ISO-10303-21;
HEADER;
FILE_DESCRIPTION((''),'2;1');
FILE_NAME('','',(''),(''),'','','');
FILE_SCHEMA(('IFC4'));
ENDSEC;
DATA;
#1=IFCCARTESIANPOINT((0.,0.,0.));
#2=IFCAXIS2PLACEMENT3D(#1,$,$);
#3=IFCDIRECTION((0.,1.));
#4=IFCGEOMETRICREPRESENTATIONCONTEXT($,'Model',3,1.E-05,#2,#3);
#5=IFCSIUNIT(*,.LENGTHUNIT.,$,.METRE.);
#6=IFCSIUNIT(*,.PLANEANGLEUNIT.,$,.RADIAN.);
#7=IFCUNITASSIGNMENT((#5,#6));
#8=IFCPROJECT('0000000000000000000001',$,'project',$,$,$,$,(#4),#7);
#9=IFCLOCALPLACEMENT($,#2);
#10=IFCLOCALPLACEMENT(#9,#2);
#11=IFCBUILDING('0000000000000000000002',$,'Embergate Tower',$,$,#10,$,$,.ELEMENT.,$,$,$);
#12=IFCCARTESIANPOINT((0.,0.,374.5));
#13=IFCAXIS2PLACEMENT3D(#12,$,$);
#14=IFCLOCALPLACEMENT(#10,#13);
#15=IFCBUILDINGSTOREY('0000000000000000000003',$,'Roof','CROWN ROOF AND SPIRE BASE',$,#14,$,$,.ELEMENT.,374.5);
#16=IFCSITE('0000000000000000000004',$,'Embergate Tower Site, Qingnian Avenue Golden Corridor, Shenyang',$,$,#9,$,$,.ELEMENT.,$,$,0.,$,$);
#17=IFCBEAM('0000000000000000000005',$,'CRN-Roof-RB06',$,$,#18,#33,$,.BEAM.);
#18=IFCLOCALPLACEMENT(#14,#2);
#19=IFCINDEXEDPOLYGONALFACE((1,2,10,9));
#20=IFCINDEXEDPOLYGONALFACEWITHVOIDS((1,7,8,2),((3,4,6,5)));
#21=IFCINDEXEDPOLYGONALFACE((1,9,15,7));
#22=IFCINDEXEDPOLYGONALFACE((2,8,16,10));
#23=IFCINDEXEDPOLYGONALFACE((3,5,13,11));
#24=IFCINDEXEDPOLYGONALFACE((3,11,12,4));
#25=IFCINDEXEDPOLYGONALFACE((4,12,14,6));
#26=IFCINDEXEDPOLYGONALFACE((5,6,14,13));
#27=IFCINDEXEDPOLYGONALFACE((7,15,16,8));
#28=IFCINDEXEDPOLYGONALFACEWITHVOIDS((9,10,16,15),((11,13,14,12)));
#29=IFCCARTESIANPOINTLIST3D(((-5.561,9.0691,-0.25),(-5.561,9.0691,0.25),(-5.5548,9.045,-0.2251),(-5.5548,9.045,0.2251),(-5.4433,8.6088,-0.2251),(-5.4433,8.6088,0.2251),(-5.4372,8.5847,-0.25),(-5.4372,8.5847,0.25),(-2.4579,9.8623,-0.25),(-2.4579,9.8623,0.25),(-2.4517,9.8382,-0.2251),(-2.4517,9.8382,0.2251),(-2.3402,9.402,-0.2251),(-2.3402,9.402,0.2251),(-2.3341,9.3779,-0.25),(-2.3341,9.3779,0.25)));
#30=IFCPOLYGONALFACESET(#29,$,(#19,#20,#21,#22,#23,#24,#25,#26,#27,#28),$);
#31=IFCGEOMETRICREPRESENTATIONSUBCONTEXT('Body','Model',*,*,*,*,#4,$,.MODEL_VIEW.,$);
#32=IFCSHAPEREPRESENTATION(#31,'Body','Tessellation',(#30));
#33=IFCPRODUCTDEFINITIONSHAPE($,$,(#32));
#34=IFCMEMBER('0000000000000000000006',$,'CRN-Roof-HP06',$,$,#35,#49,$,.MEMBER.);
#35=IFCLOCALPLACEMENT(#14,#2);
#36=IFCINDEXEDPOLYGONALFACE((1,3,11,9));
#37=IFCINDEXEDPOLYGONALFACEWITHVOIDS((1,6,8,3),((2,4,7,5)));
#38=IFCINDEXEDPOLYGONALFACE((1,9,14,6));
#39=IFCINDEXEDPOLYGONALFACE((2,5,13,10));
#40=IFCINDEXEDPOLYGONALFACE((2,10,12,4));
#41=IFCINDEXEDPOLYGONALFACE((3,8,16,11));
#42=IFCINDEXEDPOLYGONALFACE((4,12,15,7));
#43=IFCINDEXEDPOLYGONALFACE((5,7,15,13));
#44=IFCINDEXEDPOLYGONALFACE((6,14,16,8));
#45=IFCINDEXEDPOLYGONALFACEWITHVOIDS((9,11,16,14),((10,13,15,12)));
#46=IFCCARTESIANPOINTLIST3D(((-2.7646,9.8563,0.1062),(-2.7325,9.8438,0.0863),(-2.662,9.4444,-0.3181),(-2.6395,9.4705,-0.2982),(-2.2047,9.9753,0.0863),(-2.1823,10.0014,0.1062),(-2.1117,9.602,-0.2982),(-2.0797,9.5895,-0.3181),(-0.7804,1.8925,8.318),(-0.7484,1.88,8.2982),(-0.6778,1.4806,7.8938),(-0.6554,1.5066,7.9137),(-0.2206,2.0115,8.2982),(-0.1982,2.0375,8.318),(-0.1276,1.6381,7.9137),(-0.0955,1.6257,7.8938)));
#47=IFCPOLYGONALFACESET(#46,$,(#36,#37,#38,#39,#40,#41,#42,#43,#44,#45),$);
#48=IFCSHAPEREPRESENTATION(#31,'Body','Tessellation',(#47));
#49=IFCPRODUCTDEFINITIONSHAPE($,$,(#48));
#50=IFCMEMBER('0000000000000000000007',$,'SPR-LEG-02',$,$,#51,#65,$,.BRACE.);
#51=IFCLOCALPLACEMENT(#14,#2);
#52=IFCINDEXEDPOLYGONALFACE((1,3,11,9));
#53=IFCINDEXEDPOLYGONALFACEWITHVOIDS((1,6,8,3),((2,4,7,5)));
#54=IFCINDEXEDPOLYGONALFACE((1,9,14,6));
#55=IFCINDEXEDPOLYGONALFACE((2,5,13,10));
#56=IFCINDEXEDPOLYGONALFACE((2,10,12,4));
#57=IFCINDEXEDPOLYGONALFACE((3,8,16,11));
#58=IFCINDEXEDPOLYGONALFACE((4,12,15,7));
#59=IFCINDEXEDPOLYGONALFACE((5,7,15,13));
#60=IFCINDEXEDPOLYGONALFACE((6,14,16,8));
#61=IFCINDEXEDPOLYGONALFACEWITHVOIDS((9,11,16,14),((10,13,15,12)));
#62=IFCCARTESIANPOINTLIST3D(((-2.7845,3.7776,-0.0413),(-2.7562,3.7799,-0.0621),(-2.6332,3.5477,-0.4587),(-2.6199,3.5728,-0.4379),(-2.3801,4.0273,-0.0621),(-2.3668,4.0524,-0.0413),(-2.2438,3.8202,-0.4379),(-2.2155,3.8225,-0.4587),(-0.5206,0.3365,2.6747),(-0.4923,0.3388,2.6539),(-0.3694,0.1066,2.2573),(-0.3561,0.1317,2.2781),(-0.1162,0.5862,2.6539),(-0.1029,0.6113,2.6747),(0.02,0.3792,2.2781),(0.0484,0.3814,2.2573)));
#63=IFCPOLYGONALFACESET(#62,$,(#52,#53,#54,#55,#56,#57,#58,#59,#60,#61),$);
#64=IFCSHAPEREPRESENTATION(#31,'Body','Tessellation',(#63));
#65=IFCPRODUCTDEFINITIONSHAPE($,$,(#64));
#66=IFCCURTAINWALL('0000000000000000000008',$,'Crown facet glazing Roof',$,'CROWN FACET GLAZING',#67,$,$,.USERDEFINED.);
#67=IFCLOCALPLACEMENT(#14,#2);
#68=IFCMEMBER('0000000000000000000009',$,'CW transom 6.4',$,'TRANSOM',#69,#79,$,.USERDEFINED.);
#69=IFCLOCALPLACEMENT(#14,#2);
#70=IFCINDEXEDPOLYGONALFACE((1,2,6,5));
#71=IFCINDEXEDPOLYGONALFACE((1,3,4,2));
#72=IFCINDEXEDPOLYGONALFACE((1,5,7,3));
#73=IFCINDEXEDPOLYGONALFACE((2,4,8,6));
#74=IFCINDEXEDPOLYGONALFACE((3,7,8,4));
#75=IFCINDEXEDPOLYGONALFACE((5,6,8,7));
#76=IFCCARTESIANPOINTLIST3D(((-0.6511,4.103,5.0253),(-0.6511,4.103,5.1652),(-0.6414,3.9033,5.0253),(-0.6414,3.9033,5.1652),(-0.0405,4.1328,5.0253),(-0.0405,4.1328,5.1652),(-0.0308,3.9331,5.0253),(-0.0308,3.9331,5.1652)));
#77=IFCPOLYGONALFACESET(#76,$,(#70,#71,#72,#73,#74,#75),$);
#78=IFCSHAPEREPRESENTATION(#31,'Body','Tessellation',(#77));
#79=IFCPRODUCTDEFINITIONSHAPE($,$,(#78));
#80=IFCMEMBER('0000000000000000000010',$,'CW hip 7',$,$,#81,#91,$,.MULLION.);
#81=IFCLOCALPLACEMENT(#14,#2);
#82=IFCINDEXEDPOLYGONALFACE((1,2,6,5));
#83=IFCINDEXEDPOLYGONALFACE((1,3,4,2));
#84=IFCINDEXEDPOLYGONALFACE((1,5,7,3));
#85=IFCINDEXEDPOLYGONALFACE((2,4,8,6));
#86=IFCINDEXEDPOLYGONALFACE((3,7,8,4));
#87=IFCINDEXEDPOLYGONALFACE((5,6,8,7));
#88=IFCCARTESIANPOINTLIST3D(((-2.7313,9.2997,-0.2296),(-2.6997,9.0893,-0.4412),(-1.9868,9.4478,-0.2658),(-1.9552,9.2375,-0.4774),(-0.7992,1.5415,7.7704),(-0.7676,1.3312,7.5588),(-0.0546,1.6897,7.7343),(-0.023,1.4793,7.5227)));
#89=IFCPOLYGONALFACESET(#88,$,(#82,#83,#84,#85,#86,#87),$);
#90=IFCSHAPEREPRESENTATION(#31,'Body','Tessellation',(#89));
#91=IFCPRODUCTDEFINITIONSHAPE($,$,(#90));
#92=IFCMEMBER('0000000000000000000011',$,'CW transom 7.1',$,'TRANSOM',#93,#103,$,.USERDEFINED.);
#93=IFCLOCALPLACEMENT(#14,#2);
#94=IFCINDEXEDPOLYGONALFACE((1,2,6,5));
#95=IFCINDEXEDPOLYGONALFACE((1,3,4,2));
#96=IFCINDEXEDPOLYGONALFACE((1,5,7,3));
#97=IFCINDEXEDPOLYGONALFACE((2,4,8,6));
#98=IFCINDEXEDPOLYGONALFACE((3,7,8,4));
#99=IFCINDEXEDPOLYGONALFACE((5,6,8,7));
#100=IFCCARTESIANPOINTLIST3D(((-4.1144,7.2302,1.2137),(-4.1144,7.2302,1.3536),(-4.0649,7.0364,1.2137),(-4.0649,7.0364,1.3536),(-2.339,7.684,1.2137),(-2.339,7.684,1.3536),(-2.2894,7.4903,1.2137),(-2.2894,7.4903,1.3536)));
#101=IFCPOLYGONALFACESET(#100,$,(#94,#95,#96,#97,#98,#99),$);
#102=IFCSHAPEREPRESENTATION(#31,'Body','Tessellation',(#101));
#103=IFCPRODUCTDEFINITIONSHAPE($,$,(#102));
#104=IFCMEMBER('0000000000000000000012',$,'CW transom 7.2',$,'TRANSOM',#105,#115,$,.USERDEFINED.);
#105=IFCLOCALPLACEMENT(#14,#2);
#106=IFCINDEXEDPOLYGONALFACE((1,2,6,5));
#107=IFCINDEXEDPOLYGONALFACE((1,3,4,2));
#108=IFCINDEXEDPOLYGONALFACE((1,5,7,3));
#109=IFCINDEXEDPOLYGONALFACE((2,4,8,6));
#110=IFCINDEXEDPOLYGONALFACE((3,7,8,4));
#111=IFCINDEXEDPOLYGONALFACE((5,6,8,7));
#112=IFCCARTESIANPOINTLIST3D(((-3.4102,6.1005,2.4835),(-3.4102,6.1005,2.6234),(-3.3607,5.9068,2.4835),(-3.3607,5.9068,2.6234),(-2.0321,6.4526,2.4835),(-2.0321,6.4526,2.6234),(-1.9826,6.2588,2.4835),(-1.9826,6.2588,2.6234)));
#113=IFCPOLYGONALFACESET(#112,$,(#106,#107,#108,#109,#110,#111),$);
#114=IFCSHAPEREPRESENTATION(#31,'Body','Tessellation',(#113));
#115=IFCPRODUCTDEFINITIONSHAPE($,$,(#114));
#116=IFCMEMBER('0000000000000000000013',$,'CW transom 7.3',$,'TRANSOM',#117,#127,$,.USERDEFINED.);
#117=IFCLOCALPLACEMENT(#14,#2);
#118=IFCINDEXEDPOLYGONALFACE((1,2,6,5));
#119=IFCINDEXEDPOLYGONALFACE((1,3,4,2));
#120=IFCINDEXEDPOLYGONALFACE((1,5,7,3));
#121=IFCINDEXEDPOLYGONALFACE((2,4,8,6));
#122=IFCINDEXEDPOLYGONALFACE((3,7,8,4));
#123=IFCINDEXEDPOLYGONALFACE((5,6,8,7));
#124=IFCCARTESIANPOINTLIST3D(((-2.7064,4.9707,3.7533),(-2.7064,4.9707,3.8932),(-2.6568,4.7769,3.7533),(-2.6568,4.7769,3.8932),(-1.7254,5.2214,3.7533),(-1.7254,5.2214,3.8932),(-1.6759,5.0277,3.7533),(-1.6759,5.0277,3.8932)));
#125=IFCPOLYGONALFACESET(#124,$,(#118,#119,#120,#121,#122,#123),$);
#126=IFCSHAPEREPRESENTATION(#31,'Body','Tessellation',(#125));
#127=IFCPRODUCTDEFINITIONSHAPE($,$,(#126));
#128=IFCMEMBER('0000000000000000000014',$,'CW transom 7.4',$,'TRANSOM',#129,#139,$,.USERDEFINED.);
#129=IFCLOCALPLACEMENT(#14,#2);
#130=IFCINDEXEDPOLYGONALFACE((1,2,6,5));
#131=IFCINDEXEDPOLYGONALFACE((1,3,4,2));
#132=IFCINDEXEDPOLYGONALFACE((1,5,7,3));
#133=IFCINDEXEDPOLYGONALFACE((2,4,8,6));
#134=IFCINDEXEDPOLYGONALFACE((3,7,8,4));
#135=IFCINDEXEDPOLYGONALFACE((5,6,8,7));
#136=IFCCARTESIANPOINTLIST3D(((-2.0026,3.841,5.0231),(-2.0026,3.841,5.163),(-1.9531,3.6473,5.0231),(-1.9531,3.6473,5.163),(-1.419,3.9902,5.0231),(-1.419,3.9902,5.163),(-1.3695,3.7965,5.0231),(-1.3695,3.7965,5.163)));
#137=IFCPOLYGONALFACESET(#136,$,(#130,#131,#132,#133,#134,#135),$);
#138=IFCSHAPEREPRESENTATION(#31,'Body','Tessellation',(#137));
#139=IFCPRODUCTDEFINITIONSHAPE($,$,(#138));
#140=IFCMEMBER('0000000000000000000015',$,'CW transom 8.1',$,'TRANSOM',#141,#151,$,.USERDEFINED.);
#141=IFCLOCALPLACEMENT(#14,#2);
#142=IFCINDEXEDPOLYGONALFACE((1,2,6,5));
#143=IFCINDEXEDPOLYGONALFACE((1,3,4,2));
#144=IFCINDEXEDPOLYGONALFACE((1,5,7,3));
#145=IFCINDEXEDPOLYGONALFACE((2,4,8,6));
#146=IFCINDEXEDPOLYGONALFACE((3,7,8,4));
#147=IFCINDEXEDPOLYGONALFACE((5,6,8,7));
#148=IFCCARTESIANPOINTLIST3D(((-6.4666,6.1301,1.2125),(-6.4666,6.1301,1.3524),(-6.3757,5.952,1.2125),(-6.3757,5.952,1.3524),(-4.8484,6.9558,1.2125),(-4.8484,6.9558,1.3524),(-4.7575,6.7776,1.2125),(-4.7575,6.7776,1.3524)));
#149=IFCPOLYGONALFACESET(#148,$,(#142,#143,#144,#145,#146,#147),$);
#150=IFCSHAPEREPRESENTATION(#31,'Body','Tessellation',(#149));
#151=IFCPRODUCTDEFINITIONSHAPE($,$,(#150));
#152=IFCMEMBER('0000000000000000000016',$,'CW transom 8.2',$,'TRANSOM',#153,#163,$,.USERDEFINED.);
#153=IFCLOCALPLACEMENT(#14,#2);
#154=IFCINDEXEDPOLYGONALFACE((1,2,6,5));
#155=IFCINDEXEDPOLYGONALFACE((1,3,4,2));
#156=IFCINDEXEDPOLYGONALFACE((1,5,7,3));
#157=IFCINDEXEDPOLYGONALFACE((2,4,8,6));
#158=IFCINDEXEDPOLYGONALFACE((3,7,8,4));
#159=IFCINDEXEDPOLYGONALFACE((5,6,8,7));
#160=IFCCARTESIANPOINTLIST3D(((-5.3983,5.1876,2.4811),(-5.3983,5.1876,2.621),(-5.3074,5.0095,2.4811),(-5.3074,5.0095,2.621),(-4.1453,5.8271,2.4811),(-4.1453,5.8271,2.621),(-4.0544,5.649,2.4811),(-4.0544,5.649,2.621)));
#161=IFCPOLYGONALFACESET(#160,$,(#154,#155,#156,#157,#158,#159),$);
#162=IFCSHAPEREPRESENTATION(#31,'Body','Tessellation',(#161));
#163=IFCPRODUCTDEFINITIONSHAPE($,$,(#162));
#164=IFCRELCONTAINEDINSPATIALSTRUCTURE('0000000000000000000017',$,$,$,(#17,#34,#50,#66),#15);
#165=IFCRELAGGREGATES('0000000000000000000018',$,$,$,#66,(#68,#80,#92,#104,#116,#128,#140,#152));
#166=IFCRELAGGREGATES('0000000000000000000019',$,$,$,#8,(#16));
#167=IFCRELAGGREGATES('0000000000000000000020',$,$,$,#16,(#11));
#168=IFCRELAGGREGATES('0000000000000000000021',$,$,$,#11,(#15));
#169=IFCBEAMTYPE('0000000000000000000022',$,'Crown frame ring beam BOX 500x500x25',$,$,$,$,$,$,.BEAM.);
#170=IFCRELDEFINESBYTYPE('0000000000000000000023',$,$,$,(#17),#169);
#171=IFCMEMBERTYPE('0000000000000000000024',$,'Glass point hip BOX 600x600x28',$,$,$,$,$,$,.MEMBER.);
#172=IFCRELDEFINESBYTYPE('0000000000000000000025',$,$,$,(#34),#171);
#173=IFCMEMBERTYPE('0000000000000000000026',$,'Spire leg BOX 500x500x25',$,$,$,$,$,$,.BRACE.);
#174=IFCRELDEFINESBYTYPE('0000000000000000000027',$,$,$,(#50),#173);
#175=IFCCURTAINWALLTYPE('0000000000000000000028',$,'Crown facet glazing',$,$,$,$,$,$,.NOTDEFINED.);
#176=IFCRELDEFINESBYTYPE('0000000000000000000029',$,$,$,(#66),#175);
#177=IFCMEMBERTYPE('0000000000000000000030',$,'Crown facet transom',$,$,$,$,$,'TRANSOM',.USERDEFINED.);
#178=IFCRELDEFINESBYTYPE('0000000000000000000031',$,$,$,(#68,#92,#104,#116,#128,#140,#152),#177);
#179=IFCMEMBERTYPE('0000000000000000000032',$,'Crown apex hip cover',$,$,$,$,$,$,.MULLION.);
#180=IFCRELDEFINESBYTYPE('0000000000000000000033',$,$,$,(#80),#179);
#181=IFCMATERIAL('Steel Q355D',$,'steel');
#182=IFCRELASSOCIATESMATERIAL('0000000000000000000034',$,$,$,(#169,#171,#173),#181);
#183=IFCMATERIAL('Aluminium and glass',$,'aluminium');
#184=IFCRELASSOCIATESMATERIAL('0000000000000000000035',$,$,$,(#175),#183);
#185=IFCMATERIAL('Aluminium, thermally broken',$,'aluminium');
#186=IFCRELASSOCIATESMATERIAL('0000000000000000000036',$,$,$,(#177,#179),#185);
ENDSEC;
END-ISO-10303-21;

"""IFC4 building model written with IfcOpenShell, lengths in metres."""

from ifc_helpers import new_model, si_unit, direction, frame, origin, origin_2d, place, context, subcontext, project, spatial, rectangle, hollow_rectangle, extrude, source, transform, mapped, material, material_profile, profile_set, type_object, element, aggregate, save


model = new_model("IFC4")

# Units and contexts
model_context = context("Model", 3, precision=1e-05, world=origin(), true_north=direction((0.0, 1.0)))
body_context = subcontext(model_context, "Body", "Model", "MODEL_VIEW")
ifc_project = project(units=[si_unit("LENGTHUNIT", "METRE"), si_unit("PLANEANGLEUNIT", "RADIAN")], contexts=[model_context])

# Site, building, storey
site_placement = place(None, origin())
site = spatial("IfcSite", under=ifc_project, at=site_placement, Name="Embergate Tower Site, Qingnian Avenue Golden Corridor, Shenyang", CompositionType="ELEMENT", RefElevation=0.0)
building_placement = place(site_placement, origin())
building = spatial("IfcBuilding", under=site, at=building_placement, Name="Embergate Tower", CompositionType="ELEMENT")
storey_placement = place(building_placement, frame((0.0, 0.0, 374.5)))
storey = spatial("IfcBuildingStorey", under=building, at=storey_placement, Name="Roof", Description="CROWN ROOF AND SPIRE BASE", CompositionType="ELEMENT", Elevation=374.5)

# Beam
ifc_material_1 = material(Name="Steel Q355D", Category="steel")
ifc_material_profile_1 = material_profile(ifc_material_1, hollow_rectangle(XDim=0.5, YDim=0.5, WallThickness=0.0249, at=origin_2d()), Name="BOX 500x500x25")
ifc_profile_set_1 = profile_set([ifc_material_profile_1], Name="Steel Q355 grade D")
beam_type = type_object("IfcBeamType", Name="Crown frame ring beam BOX 500x500x25", PredefinedType="BEAM", material=ifc_profile_set_1)
shared_shape_1 = source(origin(), body_context, "Body", "SweptSolid", [
    extrude(hollow_rectangle(XDim=0.5, YDim=0.5, WallThickness=0.0249, at=origin_2d()), origin(), (0.0, 0.0, 1.0), 3.2029),
])
beam_placement = place(storey_placement, frame((-2.396, 9.6201, 0.0), z_axis=(-0.968847, -0.247662, 0.0), x_axis=(0.247662, -0.968847, 0.0)))
element("IfcBeam", 1, at=beam_placement, inside=storey, type_object=beam_type, Name="CRN-Roof-RB06", PredefinedType="BEAM", context=body_context, shape_type="MappedRepresentation", body=[
    mapped(shared_shape_1, transform((0.0, 0.0, 0.0))),
])

# Members
ifc_material_profile_2 = material_profile(ifc_material_1, hollow_rectangle(XDim=0.6001, YDim=0.6001, WallThickness=0.0281, at=origin_2d()), Name="BOX 600x600x28")
ifc_profile_set_2 = profile_set([ifc_material_profile_2], Name="Steel Q355 grade D")
member_type_1 = type_object("IfcMemberType", Name="Glass point hip BOX 600x600x28", PredefinedType="MEMBER", material=ifc_profile_set_2)
shared_shape_2 = source(origin(), body_context, "Body", "SweptSolid", [
    extrude(hollow_rectangle(XDim=0.6001, YDim=0.6001, WallThickness=0.0281, at=origin_2d()), origin(), (0.0, 0.0, 1.0), 11.6101),
])
member_1_placement = place(storey_placement, frame((-2.4221, 9.7229, -0.106), z_axis=(0.170896, -0.68594, 0.707305), x_axis=(0.970338, 0.241752, 0.0)))
element("IfcMember", 2, at=member_1_placement, inside=storey, type_object=member_type_1, Name="CRN-Roof-HP06", PredefinedType="MEMBER", context=body_context, shape_type="MappedRepresentation", body=[
    mapped(shared_shape_2, transform((0.0, 0.0, 0.0))),
])
ifc_material_profile_3 = material_profile(ifc_material_1, hollow_rectangle(XDim=0.5, YDim=0.5, WallThickness=0.0249, at=origin_2d()), Name="BOX 500x500x25")
ifc_profile_set_3 = profile_set([ifc_material_profile_3], Name="Steel Q355 grade D")
member_type_2 = type_object("IfcMemberType", Name="Spire leg BOX 500x500x25", PredefinedType="BRACE", material=ifc_profile_set_3)
shared_shape_3 = source(origin(), body_context, "Body", "SweptSolid", [
    extrude(hollow_rectangle(XDim=0.5, YDim=0.5, WallThickness=0.0249, at=origin_2d()), origin(), (0.0, 0.0, 1.0), 4.9338),
])
member_2_placement = place(storey_placement, frame((-2.5, 3.8, -0.25), z_axis=(0.458844, -0.697445, 0.550484), x_axis=(0.835418, 0.549615, 0.0)))
element("IfcMember", 3, at=member_2_placement, inside=storey, type_object=member_type_2, Name="SPR-LEG-02", PredefinedType="BRACE", context=body_context, shape_type="MappedRepresentation", body=[
    mapped(shared_shape_3, transform((0.0, 0.0, 0.0))),
])

# Curtain wall, members
ifc_material_2 = material(Name="Aluminium and glass", Category="aluminium")
curtain_wall_type = type_object("IfcCurtainWallType", Name="Crown facet glazing", PredefinedType="NOTDEFINED", material=ifc_material_2)
curtain_wall_placement = place(storey_placement, origin())
curtain_wall = element("IfcCurtainWall", 4, at=curtain_wall_placement, inside=storey, type_object=curtain_wall_type, Name="Crown facet glazing Roof", ObjectType="CROWN FACET GLAZING", PredefinedType="USERDEFINED")
ifc_material_3 = material(Name="Aluminium, thermally broken", Category="aluminium")
ifc_material_profile_4 = material_profile(ifc_material_3, rectangle(XDim=0.2, YDim=0.1399, at=origin_2d()), Name="AL 140x200")
ifc_profile_set_4 = profile_set([ifc_material_profile_4], Name="Aluminium, thermally broken")
member_type_3 = type_object("IfcMemberType", Name="Crown facet transom", ElementType="TRANSOM", PredefinedType="USERDEFINED", material=ifc_profile_set_4)
shared_shape_4 = source(origin(), body_context, "Body", "SweptSolid", [
    extrude(rectangle(XDim=0.2, YDim=0.1399, at=origin_2d()), origin(), (0.0, 0.0, 1.0), 0.6113),
])
member_3_placement = place(storey_placement, frame((-0.0356, 4.033, 5.0952), z_axis=(-0.998812, -0.048723, 0.0), x_axis=(0.048723, -0.998812, 0.0)))
member_3 = element("IfcMember", 5, at=member_3_placement, type_object=member_type_3, Name="CW transom 6.4", ObjectType="TRANSOM", PredefinedType="USERDEFINED", context=body_context, shape_type="MappedRepresentation", body=[
    mapped(shared_shape_4, transform((0.0, 0.0, 0.0))),
])
ifc_material_profile_5 = material_profile(ifc_material_3, rectangle(XDim=0.3, YDim=0.76, at=origin_2d()), Name="AL 760x300")
ifc_profile_set_5 = profile_set([ifc_material_profile_5], Name="Aluminium, thermally broken")
member_type_4 = type_object("IfcMemberType", Name="Crown apex hip cover", PredefinedType="MULLION", material=ifc_profile_set_5)
shared_shape_5 = source(origin(), body_context, "Body", "SweptSolid", [
    extrude(rectangle(XDim=0.3, YDim=0.76, at=origin_2d()), origin(), (0.0, 0.0, 1.0), 11.3103),
])
member_4_placement = place(storey_placement, frame((-2.3433, 9.2686, -0.3535), z_axis=(0.170831, -0.685935, 0.707326), x_axis=(-0.10525, 0.701068, 0.705285)))
member_4 = element("IfcMember", 6, at=member_4_placement, type_object=member_type_4, Name="CW hip 7", PredefinedType="MULLION", context=body_context, shape_type="MappedRepresentation", body=[
    mapped(shared_shape_5, transform((0.0, 0.0, 0.0))),
])
shared_shape_6 = source(origin(), body_context, "Body", "SweptSolid", [
    extrude(rectangle(XDim=0.2, YDim=0.1399, at=origin_2d()), origin(), (0.0, 0.0, 1.0), 1.8325),
])
member_5_placement = place(storey_placement, frame((-2.3142, 7.5872, 1.2837), z_axis=(-0.968844, -0.247673, 0.0), x_axis=(0.247673, -0.968844, 0.0)))
member_5 = element("IfcMember", 7, at=member_5_placement, type_object=member_type_3, Name="CW transom 7.1", ObjectType="TRANSOM", PredefinedType="USERDEFINED", context=body_context, shape_type="MappedRepresentation", body=[
    mapped(shared_shape_6, transform((0.0, 0.0, 0.0))),
])
shared_shape_7 = source(origin(), body_context, "Body", "SweptSolid", [
    extrude(rectangle(XDim=0.2, YDim=0.1399, at=origin_2d()), origin(), (0.0, 0.0, 1.0), 1.4224),
])
member_6_placement = place(storey_placement, frame((-2.0073, 6.3557, 2.5535), z_axis=(-0.968888, -0.2475, 0.0), x_axis=(0.2475, -0.968888, 0.0)))
member_6 = element("IfcMember", 8, at=member_6_placement, type_object=member_type_3, Name="CW transom 7.2", ObjectType="TRANSOM", PredefinedType="USERDEFINED", context=body_context, shape_type="MappedRepresentation", body=[
    mapped(shared_shape_7, transform((0.0, 0.0, 0.0))),
])
shared_shape_8 = source(origin(), body_context, "Body", "SweptSolid", [
    extrude(rectangle(XDim=0.2, YDim=0.1399, at=origin_2d()), origin(), (0.0, 0.0, 1.0), 1.0125),
])
member_7_placement = place(storey_placement, frame((-1.7007, 5.1245, 3.8232), z_axis=(-0.968853, -0.247639, 0.0), x_axis=(0.247639, -0.968853, 0.0)))
member_7 = element("IfcMember", 9, at=member_7_placement, type_object=member_type_3, Name="CW transom 7.3", ObjectType="TRANSOM", PredefinedType="USERDEFINED", context=body_context, shape_type="MappedRepresentation", body=[
    mapped(shared_shape_8, transform((0.0, 0.0, 0.0))),
])
shared_shape_9 = source(origin(), body_context, "Body", "SweptSolid", [
    extrude(rectangle(XDim=0.2, YDim=0.1399, at=origin_2d()), origin(), (0.0, 0.0, 1.0), 0.6023),
])
member_8_placement = place(storey_placement, frame((-1.3943, 3.8933, 5.093), z_axis=(-0.968841, -0.247683, 0.0), x_axis=(0.247683, -0.968841, 0.0)))
member_8 = element("IfcMember", 10, at=member_8_placement, type_object=member_type_3, Name="CW transom 7.4", ObjectType="TRANSOM", PredefinedType="USERDEFINED", context=body_context, shape_type="MappedRepresentation", body=[
    mapped(shared_shape_9, transform((0.0, 0.0, 0.0))),
])
shared_shape_10 = source(origin(), body_context, "Body", "SweptSolid", [
    extrude(rectangle(XDim=0.2, YDim=0.1399, at=origin_2d()), origin(), (0.0, 0.0, 1.0), 1.8167),
])
member_9_placement = place(storey_placement, frame((-4.803, 6.8667, 1.2825), z_axis=(-0.890742, -0.45451, 0.0), x_axis=(0.45451, -0.890742, 0.0)))
member_9 = element("IfcMember", 11, at=member_9_placement, type_object=member_type_3, Name="CW transom 8.1", ObjectType="TRANSOM", PredefinedType="USERDEFINED", context=body_context, shape_type="MappedRepresentation", body=[
    mapped(shared_shape_10, transform((0.0, 0.0, 0.0))),
])
shared_shape_11 = source(origin(), body_context, "Body", "SweptSolid", [
    extrude(rectangle(XDim=0.2, YDim=0.1399, at=origin_2d()), origin(), (0.0, 0.0, 1.0), 1.4067),
])
member_10_placement = place(storey_placement, frame((-4.0999, 5.738, 2.551), z_axis=(-0.890717, -0.454557, 0.0), x_axis=(0.454557, -0.890717, 0.0)))
member_10 = element("IfcMember", 12, at=member_10_placement, type_object=member_type_3, Name="CW transom 8.2", ObjectType="TRANSOM", PredefinedType="USERDEFINED", context=body_context, shape_type="MappedRepresentation", body=[
    mapped(shared_shape_11, transform((0.0, 0.0, 0.0))),
])
aggregate(curtain_wall, [member_3, member_4, member_5, member_6, member_7, member_8, member_9, member_10])

save(model, "model.ifc")
